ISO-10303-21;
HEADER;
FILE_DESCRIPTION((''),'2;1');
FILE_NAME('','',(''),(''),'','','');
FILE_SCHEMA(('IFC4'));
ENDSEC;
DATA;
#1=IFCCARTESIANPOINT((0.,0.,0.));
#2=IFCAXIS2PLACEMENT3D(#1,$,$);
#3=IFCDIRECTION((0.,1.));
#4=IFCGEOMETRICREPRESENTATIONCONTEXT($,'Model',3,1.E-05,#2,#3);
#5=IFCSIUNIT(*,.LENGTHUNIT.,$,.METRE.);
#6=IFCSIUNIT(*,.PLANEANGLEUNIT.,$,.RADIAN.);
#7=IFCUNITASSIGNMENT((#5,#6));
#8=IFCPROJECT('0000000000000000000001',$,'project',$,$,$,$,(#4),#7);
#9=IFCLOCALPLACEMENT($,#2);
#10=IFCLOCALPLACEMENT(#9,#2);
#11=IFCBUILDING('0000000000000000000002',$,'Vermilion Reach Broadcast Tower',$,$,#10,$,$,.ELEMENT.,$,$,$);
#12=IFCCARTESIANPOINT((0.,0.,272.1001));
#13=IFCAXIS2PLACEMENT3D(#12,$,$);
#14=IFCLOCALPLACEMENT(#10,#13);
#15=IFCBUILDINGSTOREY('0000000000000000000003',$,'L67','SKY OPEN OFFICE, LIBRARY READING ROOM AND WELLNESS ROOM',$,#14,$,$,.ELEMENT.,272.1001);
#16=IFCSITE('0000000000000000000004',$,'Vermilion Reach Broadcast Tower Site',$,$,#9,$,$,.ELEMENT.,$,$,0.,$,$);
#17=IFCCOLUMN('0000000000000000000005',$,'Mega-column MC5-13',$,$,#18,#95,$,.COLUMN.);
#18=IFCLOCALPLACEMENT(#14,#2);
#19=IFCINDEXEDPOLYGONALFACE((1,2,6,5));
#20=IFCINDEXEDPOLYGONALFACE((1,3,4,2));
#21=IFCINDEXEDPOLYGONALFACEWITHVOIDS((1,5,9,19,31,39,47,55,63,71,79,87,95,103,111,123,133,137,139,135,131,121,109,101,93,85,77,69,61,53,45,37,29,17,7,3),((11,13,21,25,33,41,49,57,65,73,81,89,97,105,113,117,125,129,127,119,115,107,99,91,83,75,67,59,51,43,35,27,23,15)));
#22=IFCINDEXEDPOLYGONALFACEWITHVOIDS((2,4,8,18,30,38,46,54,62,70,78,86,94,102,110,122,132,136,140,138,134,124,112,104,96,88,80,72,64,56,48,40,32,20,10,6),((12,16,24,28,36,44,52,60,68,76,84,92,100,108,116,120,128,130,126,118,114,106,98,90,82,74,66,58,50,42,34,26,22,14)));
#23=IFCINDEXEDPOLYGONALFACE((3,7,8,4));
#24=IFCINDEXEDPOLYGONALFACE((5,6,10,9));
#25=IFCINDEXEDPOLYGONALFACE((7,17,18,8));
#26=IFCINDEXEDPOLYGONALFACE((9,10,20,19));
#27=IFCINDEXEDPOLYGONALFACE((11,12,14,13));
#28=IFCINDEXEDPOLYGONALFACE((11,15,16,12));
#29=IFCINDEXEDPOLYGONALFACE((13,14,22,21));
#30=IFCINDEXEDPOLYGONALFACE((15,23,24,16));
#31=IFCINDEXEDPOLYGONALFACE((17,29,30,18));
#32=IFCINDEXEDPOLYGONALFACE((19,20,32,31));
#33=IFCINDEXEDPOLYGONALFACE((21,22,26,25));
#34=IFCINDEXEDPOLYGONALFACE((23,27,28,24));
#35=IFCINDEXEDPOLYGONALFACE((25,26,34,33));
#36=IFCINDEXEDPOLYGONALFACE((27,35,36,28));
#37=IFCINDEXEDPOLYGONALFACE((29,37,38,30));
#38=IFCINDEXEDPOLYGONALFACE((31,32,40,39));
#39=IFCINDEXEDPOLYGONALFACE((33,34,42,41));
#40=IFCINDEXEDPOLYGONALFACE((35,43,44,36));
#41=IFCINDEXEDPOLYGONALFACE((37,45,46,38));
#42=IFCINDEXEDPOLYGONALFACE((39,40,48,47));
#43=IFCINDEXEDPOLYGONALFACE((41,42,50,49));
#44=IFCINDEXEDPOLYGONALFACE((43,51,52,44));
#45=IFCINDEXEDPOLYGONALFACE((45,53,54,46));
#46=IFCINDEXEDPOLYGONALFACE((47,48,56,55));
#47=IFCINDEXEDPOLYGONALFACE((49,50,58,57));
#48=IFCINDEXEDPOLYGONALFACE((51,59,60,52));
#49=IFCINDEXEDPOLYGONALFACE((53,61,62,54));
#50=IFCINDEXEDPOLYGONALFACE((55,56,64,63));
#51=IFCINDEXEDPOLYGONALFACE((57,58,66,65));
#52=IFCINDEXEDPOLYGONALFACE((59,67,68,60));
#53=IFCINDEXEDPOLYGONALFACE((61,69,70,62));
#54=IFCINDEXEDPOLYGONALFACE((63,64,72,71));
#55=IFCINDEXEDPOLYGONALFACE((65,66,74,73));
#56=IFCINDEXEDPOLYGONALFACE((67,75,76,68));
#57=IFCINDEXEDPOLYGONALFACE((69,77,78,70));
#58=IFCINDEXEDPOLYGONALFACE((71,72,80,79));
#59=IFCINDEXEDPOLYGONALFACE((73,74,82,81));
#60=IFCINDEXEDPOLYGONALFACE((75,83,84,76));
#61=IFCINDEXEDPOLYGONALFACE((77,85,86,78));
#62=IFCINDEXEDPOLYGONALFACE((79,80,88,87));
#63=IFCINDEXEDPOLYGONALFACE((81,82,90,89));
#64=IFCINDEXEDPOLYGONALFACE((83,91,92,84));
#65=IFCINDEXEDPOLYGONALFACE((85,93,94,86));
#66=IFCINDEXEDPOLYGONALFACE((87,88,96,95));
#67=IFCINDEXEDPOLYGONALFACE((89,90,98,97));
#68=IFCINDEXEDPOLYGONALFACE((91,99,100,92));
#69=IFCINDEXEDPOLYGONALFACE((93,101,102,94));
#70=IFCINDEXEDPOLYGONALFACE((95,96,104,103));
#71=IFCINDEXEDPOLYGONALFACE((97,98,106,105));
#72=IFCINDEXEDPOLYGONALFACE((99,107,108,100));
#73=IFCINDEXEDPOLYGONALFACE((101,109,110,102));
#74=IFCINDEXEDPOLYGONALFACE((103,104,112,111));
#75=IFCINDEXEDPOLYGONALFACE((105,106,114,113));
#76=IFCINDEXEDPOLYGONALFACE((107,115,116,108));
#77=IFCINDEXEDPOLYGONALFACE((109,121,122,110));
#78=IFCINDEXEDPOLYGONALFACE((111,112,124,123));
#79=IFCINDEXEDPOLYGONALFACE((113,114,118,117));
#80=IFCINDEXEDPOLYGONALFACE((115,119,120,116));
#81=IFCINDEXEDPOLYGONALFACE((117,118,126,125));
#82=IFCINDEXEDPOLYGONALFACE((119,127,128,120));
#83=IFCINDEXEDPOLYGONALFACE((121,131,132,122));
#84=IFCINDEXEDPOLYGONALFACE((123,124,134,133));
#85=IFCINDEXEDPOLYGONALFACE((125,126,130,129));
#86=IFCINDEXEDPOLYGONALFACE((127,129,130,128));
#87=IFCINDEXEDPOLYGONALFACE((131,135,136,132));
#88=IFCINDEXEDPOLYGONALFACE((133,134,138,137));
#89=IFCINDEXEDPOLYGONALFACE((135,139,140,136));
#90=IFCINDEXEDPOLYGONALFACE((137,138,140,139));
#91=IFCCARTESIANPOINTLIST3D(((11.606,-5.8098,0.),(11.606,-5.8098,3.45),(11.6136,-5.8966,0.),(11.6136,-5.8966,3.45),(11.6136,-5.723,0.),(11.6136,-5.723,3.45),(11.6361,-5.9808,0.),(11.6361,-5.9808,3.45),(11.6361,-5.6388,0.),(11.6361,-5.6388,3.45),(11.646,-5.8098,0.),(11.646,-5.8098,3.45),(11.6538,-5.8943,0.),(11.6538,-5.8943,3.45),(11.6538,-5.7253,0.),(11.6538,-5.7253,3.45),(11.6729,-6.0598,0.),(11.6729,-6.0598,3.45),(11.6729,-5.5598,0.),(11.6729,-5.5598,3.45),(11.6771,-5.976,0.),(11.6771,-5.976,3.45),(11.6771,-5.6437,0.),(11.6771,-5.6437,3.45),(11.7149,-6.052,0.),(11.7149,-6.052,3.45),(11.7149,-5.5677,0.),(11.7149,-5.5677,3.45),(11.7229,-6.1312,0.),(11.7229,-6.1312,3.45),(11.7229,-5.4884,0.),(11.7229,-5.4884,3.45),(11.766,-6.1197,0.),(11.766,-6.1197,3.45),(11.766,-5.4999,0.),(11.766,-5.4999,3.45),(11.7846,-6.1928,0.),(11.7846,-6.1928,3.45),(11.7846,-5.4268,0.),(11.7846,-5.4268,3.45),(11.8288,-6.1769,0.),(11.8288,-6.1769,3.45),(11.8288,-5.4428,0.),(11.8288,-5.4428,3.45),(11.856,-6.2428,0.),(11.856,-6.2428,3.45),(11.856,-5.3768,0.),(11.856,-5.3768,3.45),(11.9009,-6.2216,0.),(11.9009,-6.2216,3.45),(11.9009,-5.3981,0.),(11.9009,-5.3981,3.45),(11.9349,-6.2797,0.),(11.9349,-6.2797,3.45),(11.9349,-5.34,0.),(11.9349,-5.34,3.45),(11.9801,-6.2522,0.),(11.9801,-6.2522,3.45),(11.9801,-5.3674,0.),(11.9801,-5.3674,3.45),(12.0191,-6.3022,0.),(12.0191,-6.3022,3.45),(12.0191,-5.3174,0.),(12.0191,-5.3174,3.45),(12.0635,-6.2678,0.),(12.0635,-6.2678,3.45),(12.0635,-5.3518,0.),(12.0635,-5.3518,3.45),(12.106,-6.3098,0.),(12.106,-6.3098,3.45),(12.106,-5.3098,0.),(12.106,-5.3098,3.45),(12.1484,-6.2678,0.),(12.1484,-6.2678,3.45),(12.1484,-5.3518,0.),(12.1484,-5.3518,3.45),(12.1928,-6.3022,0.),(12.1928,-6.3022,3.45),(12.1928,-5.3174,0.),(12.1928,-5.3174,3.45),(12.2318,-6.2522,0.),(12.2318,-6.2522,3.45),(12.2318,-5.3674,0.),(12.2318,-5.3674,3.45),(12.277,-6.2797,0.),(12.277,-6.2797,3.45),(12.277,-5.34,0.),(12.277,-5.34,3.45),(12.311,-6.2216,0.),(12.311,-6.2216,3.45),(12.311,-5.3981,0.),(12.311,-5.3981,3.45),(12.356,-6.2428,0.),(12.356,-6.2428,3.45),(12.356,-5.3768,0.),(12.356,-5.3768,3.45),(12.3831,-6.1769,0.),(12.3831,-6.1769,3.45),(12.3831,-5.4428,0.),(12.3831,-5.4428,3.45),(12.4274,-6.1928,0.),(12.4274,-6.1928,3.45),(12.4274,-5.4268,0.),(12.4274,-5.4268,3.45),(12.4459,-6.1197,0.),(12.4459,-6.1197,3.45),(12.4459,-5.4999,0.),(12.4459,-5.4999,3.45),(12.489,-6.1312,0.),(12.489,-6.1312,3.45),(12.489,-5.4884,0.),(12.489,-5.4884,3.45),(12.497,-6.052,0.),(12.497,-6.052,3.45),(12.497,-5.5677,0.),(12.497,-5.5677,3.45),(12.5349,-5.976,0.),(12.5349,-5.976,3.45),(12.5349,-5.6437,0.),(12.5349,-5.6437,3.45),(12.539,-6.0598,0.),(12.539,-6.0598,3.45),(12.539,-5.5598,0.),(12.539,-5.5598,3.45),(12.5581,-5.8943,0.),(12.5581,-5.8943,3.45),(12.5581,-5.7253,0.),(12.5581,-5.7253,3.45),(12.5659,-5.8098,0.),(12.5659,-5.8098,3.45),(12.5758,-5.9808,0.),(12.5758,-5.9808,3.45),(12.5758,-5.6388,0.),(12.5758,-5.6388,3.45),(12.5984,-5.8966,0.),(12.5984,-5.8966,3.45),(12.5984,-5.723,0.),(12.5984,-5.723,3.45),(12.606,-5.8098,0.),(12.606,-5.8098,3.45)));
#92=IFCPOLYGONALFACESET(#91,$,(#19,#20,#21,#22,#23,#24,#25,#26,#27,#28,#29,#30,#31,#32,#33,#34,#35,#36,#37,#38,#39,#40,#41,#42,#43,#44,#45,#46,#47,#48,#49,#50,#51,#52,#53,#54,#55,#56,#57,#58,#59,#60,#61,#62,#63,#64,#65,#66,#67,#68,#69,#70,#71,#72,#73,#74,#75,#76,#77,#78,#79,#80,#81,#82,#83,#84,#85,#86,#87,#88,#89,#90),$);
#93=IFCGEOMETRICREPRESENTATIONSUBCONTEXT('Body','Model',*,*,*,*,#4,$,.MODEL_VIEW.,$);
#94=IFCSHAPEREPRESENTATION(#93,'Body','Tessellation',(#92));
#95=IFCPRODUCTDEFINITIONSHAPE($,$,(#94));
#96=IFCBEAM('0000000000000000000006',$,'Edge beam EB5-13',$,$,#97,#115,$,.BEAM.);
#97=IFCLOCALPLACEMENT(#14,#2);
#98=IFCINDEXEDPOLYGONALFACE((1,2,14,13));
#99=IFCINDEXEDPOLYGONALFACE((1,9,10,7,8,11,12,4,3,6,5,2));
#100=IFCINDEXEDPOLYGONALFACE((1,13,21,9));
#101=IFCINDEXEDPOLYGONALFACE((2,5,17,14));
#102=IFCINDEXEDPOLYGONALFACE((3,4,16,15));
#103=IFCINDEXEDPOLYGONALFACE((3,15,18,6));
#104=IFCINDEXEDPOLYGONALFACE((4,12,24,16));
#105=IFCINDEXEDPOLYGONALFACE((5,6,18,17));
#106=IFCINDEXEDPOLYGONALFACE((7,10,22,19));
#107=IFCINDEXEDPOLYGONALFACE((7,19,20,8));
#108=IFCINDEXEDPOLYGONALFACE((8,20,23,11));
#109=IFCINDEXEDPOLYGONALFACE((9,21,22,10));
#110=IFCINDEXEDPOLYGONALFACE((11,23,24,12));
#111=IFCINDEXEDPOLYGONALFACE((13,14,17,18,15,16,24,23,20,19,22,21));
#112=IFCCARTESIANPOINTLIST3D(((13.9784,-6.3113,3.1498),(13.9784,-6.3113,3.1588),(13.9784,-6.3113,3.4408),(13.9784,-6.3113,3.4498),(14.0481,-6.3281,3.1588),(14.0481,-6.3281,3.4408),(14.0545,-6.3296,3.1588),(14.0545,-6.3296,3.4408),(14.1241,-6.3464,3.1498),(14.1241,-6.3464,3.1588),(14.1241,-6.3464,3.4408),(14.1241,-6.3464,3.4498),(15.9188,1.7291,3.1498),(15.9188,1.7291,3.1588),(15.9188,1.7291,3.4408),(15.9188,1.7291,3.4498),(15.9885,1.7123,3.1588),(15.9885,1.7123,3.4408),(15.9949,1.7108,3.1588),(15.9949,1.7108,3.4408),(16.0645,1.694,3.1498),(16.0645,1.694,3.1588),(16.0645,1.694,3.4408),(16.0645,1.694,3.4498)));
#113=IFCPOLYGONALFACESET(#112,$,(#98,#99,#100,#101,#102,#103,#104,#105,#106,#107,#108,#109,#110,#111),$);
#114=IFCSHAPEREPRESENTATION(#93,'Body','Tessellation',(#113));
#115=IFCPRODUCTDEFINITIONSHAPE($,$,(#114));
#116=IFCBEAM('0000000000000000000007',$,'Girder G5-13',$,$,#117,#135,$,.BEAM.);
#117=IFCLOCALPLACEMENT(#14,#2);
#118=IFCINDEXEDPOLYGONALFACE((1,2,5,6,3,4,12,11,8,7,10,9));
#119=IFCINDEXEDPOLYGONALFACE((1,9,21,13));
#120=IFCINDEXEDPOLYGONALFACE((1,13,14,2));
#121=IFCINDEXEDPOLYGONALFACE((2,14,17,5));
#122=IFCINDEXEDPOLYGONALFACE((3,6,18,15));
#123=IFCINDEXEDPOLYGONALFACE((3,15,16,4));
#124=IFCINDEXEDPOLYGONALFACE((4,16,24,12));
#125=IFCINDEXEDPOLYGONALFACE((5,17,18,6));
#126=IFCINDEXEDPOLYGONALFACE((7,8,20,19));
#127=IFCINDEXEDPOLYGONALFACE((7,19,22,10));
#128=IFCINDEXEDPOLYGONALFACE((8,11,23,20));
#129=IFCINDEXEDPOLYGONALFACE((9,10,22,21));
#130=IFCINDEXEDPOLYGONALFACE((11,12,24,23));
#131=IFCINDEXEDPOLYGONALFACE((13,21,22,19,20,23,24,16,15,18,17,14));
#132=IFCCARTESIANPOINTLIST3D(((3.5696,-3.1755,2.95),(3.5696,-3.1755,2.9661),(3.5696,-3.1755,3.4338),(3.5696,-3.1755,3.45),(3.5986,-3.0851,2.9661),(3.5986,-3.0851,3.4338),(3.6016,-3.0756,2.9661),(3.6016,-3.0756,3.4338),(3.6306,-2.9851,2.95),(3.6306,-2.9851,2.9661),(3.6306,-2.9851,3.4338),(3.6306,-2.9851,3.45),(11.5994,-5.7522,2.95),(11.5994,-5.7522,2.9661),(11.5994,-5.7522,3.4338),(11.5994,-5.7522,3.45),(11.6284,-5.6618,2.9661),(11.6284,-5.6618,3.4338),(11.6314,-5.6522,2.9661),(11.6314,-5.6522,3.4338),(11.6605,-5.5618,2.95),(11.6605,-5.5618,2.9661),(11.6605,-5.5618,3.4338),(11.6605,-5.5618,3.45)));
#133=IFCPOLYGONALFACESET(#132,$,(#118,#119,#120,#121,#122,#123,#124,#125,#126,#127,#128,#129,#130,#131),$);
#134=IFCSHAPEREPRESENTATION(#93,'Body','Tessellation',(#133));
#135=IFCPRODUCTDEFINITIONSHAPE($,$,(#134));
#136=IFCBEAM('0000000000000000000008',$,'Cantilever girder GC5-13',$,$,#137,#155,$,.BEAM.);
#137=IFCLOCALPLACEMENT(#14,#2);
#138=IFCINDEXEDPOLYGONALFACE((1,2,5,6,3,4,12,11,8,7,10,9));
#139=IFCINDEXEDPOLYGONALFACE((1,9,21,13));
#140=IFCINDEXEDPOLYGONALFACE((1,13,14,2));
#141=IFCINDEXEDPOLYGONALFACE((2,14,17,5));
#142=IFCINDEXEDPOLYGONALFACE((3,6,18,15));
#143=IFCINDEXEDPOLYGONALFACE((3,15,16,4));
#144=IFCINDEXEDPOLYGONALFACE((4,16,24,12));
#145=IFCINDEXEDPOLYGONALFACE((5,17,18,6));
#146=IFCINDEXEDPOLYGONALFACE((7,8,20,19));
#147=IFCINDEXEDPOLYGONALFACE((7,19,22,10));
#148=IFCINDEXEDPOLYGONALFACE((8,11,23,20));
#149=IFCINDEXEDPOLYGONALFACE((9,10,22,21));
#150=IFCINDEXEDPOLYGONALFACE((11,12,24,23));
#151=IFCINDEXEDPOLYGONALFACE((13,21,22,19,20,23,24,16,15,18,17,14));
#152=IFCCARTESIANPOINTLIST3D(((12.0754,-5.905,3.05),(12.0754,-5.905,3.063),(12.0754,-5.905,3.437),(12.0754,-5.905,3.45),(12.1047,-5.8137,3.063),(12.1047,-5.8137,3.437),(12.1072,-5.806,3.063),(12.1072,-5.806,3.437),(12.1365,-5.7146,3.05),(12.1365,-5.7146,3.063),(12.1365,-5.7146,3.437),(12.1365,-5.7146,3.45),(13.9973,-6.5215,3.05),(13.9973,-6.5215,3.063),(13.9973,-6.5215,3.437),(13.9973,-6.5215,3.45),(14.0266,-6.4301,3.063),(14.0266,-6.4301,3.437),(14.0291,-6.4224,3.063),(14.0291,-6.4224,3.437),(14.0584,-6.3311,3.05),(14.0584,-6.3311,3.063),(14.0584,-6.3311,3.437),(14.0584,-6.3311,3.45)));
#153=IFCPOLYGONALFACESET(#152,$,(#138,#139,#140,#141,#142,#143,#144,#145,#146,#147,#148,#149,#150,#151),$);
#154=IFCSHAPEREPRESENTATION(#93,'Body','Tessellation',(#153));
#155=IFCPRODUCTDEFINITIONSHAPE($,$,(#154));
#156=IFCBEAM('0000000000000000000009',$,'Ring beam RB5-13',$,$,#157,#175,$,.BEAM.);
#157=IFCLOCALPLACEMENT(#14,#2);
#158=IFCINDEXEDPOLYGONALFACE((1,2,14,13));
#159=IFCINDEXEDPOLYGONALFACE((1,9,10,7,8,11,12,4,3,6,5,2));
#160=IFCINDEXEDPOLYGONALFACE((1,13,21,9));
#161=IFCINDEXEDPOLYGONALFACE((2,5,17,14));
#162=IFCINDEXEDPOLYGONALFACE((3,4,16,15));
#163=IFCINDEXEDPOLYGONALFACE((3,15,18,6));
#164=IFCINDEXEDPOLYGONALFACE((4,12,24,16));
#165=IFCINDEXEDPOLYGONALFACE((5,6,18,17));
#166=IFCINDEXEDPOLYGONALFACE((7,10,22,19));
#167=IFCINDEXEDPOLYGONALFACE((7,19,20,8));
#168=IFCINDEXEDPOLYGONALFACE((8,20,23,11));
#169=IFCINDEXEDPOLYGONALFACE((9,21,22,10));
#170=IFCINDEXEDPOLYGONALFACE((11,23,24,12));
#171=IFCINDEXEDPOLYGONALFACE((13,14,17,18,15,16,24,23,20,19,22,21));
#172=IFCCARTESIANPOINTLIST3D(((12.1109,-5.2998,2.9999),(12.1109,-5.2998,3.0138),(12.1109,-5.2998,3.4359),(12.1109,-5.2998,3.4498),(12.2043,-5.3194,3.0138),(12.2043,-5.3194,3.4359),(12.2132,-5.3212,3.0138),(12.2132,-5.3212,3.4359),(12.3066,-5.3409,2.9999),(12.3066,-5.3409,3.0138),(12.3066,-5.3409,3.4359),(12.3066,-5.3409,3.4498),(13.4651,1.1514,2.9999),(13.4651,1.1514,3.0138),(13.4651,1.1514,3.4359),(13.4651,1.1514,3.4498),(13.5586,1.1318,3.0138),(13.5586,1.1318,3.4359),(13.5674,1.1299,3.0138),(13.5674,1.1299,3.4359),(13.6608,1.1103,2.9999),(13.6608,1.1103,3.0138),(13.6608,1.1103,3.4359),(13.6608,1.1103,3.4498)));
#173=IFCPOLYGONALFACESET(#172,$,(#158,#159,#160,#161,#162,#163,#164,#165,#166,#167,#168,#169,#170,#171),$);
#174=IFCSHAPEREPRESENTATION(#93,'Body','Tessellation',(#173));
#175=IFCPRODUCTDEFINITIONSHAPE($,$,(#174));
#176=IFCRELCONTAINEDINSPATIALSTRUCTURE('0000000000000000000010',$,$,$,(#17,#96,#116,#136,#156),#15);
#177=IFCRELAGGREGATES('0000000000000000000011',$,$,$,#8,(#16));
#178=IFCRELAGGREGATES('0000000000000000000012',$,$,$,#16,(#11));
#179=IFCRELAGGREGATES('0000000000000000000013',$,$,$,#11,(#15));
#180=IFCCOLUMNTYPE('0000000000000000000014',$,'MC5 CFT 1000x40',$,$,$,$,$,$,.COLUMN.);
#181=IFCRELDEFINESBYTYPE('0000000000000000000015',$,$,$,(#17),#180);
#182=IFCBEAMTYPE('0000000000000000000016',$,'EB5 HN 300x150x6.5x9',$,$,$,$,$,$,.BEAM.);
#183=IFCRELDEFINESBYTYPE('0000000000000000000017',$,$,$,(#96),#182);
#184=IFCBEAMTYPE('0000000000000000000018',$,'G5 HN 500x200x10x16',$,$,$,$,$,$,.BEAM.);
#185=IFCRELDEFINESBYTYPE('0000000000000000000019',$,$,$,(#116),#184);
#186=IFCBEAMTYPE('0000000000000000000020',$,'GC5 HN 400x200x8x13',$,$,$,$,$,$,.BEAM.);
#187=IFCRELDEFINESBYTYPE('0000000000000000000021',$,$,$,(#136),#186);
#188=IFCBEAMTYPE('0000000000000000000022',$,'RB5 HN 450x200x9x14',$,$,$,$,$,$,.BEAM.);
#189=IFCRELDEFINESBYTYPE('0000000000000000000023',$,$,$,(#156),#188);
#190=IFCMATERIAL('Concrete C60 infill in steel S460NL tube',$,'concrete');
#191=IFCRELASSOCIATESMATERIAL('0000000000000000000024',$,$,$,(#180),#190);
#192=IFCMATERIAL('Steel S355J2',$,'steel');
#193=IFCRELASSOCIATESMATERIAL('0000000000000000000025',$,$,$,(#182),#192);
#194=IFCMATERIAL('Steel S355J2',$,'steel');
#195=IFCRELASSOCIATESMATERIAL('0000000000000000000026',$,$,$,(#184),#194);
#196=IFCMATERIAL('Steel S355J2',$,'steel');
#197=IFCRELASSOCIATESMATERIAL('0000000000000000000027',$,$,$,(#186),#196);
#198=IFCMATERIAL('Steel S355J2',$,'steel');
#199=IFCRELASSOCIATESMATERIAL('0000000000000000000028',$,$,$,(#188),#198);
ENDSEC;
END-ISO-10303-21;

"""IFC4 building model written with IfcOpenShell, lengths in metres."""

from ifc_helpers import new_model, si_unit, direction, frame, origin, origin_2d, place, context, subcontext, project, spatial, hollow_circle, i_section, extrude, material, material_profile, profile_set, type_object, element, save


model = new_model("IFC4")

# Units and contexts
model_context = context("Model", 3, precision=1e-05, world=origin(), true_north=direction((0.0, 1.0)))
body_context = subcontext(model_context, "Body", "Model", "MODEL_VIEW")
ifc_project = project(units=[si_unit("LENGTHUNIT", "METRE"), si_unit("PLANEANGLEUNIT", "RADIAN")], contexts=[model_context])

# Site, building, storey
site_placement = place(None, origin())
site = spatial("IfcSite", under=ifc_project, at=site_placement, Name="Vermilion Reach Broadcast Tower Site", CompositionType="ELEMENT", RefElevation=0.0)
building_placement = place(site_placement, origin())
building = spatial("IfcBuilding", under=site, at=building_placement, Name="Vermilion Reach Broadcast Tower", CompositionType="ELEMENT")
storey_placement = place(building_placement, frame((0.0, 0.0, 272.1001)))
storey = spatial("IfcBuildingStorey", under=building, at=storey_placement, Name="L67", Description="SKY OPEN OFFICE, LIBRARY READING ROOM AND WELLNESS ROOM", CompositionType="ELEMENT", Elevation=272.1001)

# Column
ifc_material_1 = material(Name="Concrete C60 infill in steel S460NL tube", Category="concrete")
ifc_material_profile_1 = material_profile(ifc_material_1, hollow_circle(Radius=0.5, WallThickness=0.04, at=origin_2d()), Name="Concrete C60 infill in steel S460NL tube CFT 1000x40")
ifc_profile_set_1 = profile_set([ifc_material_profile_1], Name="Concrete C60 infill in steel S460NL tube")
column_type = type_object("IfcColumnType", Name="MC5 CFT 1000x40", PredefinedType="COLUMN", material=ifc_profile_set_1)
column_placement = place(storey_placement, frame((12.106, -5.8098, 0.0), z_axis=(0.0, 0.0, 1.0), x_axis=(1.0, 0.0, 0.0)))
element("IfcColumn", 1, at=column_placement, inside=storey, type_object=column_type, Name="Mega-column MC5-13", PredefinedType="COLUMN", context=body_context, shape_type="SweptSolid", body=[
    extrude(hollow_circle(Radius=0.5, WallThickness=0.04, at=origin_2d()), origin(), (0.0, 0.0, 1.0), 3.45),
])

# Beams
ifc_material_2 = material(Name="Steel S355J2", Category="steel")
ifc_material_profile_2 = material_profile(ifc_material_2, i_section(OverallWidth=0.1499, OverallDepth=0.3, WebThickness=0.0066, FlangeThickness=0.009, at=origin_2d()), Name="S355J2 HN 300x150x6.5x9")
ifc_profile_set_2 = profile_set([ifc_material_profile_2], Name="Steel S355J2")
beam_type_1 = type_object("IfcBeamType", Name="EB5 HN 300x150x6.5x9", PredefinedType="BEAM", material=ifc_profile_set_2)
beam_1_placement = place(storey_placement, frame((14.0513, -6.3289, 3.2998), z_axis=(0.234596, 0.972093, 0.0), x_axis=(-0.972093, 0.234596, 0.0)))
element("IfcBeam", 2, at=beam_1_placement, inside=storey, type_object=beam_type_1, Name="Edge beam EB5-13", PredefinedType="BEAM", context=body_context, shape_type="SweptSolid", body=[
    extrude(i_section(OverallWidth=0.1499, OverallDepth=0.3, WebThickness=0.0066, FlangeThickness=0.009, at=origin_2d()), origin(), (0.0, 0.0, 1.0), 8.2712),
])
ifc_material_3 = material(Name="Steel S355J2", Category="steel")
ifc_material_profile_3 = material_profile(ifc_material_3, i_section(OverallWidth=0.2, OverallDepth=0.5, WebThickness=0.01, FlangeThickness=0.0161, at=origin_2d()), Name="S355J2 HN 500x200x10x16")
ifc_profile_set_3 = profile_set([ifc_material_profile_3], Name="Steel S355J2")
beam_type_2 = type_object("IfcBeamType", Name="G5 HN 500x200x10x16", PredefinedType="BEAM", material=ifc_profile_set_3)
beam_2_placement = place(storey_placement, frame((3.6001, -3.0803, 3.2), z_axis=(0.952178, -0.305542, 0.0), x_axis=(0.305542, 0.952178, 0.0)))
element("IfcBeam", 3, at=beam_2_placement, inside=storey, type_object=beam_type_2, Name="Girder G5-13", PredefinedType="BEAM", context=body_context, shape_type="SweptSolid", body=[
    extrude(i_section(OverallWidth=0.2, OverallDepth=0.5, WebThickness=0.01, FlangeThickness=0.0161, at=origin_2d()), origin(), (0.0, 0.0, 1.0), 8.4331),
])
ifc_material_4 = material(Name="Steel S355J2", Category="steel")
ifc_material_profile_4 = material_profile(ifc_material_4, i_section(OverallWidth=0.2, OverallDepth=0.3999, WebThickness=0.0081, FlangeThickness=0.0129, at=origin_2d()), Name="S355J2 HN 400x200x8x13")
ifc_profile_set_4 = profile_set([ifc_material_profile_4], Name="Steel S355J2")
beam_type_3 = type_object("IfcBeamType", Name="GC5 HN 400x200x8x13", PredefinedType="BEAM", material=ifc_profile_set_4)
beam_3_placement = place(storey_placement, frame((12.106, -5.8098, 3.25), z_axis=(0.952215, -0.30543, 0.0), x_axis=(0.30543, 0.952215, 0.0)))
element("IfcBeam", 4, at=beam_3_placement, inside=storey, type_object=beam_type_3, Name="Cantilever girder GC5-13", PredefinedType="BEAM", context=body_context, shape_type="SweptSolid", body=[
    extrude(i_section(OverallWidth=0.2, OverallDepth=0.3999, WebThickness=0.0081, FlangeThickness=0.0129, at=origin_2d()), origin(), (0.0, 0.0, 1.0), 2.0183),
])
ifc_material_5 = material(Name="Steel S355J2", Category="steel")
ifc_material_profile_5 = material_profile(ifc_material_5, i_section(OverallWidth=0.2, OverallDepth=0.45, WebThickness=0.009, FlangeThickness=0.0139, at=origin_2d()), Name="S355J2 HN 450x200x9x14")
ifc_profile_set_5 = profile_set([ifc_material_profile_5], Name="Steel S355J2")
beam_type_4 = type_object("IfcBeamType", Name="RB5 HN 450x200x9x14", PredefinedType="BEAM", material=ifc_profile_set_5)
beam_4_placement = place(storey_placement, frame((12.2087, -5.3203, 3.2249), z_axis=(0.205445, 0.978669, 0.0), x_axis=(-0.978669, 0.205445, 0.0)))
element("IfcBeam", 5, at=beam_4_placement, inside=storey, type_object=beam_type_4, Name="Ring beam RB5-13", PredefinedType="BEAM", context=body_context, shape_type="SweptSolid", body=[
    extrude(i_section(OverallWidth=0.2, OverallDepth=0.45, WebThickness=0.009, FlangeThickness=0.0139, at=origin_2d()), origin(), (0.0, 0.0, 1.0), 6.5918),
])

save(model, "model.ifc")
